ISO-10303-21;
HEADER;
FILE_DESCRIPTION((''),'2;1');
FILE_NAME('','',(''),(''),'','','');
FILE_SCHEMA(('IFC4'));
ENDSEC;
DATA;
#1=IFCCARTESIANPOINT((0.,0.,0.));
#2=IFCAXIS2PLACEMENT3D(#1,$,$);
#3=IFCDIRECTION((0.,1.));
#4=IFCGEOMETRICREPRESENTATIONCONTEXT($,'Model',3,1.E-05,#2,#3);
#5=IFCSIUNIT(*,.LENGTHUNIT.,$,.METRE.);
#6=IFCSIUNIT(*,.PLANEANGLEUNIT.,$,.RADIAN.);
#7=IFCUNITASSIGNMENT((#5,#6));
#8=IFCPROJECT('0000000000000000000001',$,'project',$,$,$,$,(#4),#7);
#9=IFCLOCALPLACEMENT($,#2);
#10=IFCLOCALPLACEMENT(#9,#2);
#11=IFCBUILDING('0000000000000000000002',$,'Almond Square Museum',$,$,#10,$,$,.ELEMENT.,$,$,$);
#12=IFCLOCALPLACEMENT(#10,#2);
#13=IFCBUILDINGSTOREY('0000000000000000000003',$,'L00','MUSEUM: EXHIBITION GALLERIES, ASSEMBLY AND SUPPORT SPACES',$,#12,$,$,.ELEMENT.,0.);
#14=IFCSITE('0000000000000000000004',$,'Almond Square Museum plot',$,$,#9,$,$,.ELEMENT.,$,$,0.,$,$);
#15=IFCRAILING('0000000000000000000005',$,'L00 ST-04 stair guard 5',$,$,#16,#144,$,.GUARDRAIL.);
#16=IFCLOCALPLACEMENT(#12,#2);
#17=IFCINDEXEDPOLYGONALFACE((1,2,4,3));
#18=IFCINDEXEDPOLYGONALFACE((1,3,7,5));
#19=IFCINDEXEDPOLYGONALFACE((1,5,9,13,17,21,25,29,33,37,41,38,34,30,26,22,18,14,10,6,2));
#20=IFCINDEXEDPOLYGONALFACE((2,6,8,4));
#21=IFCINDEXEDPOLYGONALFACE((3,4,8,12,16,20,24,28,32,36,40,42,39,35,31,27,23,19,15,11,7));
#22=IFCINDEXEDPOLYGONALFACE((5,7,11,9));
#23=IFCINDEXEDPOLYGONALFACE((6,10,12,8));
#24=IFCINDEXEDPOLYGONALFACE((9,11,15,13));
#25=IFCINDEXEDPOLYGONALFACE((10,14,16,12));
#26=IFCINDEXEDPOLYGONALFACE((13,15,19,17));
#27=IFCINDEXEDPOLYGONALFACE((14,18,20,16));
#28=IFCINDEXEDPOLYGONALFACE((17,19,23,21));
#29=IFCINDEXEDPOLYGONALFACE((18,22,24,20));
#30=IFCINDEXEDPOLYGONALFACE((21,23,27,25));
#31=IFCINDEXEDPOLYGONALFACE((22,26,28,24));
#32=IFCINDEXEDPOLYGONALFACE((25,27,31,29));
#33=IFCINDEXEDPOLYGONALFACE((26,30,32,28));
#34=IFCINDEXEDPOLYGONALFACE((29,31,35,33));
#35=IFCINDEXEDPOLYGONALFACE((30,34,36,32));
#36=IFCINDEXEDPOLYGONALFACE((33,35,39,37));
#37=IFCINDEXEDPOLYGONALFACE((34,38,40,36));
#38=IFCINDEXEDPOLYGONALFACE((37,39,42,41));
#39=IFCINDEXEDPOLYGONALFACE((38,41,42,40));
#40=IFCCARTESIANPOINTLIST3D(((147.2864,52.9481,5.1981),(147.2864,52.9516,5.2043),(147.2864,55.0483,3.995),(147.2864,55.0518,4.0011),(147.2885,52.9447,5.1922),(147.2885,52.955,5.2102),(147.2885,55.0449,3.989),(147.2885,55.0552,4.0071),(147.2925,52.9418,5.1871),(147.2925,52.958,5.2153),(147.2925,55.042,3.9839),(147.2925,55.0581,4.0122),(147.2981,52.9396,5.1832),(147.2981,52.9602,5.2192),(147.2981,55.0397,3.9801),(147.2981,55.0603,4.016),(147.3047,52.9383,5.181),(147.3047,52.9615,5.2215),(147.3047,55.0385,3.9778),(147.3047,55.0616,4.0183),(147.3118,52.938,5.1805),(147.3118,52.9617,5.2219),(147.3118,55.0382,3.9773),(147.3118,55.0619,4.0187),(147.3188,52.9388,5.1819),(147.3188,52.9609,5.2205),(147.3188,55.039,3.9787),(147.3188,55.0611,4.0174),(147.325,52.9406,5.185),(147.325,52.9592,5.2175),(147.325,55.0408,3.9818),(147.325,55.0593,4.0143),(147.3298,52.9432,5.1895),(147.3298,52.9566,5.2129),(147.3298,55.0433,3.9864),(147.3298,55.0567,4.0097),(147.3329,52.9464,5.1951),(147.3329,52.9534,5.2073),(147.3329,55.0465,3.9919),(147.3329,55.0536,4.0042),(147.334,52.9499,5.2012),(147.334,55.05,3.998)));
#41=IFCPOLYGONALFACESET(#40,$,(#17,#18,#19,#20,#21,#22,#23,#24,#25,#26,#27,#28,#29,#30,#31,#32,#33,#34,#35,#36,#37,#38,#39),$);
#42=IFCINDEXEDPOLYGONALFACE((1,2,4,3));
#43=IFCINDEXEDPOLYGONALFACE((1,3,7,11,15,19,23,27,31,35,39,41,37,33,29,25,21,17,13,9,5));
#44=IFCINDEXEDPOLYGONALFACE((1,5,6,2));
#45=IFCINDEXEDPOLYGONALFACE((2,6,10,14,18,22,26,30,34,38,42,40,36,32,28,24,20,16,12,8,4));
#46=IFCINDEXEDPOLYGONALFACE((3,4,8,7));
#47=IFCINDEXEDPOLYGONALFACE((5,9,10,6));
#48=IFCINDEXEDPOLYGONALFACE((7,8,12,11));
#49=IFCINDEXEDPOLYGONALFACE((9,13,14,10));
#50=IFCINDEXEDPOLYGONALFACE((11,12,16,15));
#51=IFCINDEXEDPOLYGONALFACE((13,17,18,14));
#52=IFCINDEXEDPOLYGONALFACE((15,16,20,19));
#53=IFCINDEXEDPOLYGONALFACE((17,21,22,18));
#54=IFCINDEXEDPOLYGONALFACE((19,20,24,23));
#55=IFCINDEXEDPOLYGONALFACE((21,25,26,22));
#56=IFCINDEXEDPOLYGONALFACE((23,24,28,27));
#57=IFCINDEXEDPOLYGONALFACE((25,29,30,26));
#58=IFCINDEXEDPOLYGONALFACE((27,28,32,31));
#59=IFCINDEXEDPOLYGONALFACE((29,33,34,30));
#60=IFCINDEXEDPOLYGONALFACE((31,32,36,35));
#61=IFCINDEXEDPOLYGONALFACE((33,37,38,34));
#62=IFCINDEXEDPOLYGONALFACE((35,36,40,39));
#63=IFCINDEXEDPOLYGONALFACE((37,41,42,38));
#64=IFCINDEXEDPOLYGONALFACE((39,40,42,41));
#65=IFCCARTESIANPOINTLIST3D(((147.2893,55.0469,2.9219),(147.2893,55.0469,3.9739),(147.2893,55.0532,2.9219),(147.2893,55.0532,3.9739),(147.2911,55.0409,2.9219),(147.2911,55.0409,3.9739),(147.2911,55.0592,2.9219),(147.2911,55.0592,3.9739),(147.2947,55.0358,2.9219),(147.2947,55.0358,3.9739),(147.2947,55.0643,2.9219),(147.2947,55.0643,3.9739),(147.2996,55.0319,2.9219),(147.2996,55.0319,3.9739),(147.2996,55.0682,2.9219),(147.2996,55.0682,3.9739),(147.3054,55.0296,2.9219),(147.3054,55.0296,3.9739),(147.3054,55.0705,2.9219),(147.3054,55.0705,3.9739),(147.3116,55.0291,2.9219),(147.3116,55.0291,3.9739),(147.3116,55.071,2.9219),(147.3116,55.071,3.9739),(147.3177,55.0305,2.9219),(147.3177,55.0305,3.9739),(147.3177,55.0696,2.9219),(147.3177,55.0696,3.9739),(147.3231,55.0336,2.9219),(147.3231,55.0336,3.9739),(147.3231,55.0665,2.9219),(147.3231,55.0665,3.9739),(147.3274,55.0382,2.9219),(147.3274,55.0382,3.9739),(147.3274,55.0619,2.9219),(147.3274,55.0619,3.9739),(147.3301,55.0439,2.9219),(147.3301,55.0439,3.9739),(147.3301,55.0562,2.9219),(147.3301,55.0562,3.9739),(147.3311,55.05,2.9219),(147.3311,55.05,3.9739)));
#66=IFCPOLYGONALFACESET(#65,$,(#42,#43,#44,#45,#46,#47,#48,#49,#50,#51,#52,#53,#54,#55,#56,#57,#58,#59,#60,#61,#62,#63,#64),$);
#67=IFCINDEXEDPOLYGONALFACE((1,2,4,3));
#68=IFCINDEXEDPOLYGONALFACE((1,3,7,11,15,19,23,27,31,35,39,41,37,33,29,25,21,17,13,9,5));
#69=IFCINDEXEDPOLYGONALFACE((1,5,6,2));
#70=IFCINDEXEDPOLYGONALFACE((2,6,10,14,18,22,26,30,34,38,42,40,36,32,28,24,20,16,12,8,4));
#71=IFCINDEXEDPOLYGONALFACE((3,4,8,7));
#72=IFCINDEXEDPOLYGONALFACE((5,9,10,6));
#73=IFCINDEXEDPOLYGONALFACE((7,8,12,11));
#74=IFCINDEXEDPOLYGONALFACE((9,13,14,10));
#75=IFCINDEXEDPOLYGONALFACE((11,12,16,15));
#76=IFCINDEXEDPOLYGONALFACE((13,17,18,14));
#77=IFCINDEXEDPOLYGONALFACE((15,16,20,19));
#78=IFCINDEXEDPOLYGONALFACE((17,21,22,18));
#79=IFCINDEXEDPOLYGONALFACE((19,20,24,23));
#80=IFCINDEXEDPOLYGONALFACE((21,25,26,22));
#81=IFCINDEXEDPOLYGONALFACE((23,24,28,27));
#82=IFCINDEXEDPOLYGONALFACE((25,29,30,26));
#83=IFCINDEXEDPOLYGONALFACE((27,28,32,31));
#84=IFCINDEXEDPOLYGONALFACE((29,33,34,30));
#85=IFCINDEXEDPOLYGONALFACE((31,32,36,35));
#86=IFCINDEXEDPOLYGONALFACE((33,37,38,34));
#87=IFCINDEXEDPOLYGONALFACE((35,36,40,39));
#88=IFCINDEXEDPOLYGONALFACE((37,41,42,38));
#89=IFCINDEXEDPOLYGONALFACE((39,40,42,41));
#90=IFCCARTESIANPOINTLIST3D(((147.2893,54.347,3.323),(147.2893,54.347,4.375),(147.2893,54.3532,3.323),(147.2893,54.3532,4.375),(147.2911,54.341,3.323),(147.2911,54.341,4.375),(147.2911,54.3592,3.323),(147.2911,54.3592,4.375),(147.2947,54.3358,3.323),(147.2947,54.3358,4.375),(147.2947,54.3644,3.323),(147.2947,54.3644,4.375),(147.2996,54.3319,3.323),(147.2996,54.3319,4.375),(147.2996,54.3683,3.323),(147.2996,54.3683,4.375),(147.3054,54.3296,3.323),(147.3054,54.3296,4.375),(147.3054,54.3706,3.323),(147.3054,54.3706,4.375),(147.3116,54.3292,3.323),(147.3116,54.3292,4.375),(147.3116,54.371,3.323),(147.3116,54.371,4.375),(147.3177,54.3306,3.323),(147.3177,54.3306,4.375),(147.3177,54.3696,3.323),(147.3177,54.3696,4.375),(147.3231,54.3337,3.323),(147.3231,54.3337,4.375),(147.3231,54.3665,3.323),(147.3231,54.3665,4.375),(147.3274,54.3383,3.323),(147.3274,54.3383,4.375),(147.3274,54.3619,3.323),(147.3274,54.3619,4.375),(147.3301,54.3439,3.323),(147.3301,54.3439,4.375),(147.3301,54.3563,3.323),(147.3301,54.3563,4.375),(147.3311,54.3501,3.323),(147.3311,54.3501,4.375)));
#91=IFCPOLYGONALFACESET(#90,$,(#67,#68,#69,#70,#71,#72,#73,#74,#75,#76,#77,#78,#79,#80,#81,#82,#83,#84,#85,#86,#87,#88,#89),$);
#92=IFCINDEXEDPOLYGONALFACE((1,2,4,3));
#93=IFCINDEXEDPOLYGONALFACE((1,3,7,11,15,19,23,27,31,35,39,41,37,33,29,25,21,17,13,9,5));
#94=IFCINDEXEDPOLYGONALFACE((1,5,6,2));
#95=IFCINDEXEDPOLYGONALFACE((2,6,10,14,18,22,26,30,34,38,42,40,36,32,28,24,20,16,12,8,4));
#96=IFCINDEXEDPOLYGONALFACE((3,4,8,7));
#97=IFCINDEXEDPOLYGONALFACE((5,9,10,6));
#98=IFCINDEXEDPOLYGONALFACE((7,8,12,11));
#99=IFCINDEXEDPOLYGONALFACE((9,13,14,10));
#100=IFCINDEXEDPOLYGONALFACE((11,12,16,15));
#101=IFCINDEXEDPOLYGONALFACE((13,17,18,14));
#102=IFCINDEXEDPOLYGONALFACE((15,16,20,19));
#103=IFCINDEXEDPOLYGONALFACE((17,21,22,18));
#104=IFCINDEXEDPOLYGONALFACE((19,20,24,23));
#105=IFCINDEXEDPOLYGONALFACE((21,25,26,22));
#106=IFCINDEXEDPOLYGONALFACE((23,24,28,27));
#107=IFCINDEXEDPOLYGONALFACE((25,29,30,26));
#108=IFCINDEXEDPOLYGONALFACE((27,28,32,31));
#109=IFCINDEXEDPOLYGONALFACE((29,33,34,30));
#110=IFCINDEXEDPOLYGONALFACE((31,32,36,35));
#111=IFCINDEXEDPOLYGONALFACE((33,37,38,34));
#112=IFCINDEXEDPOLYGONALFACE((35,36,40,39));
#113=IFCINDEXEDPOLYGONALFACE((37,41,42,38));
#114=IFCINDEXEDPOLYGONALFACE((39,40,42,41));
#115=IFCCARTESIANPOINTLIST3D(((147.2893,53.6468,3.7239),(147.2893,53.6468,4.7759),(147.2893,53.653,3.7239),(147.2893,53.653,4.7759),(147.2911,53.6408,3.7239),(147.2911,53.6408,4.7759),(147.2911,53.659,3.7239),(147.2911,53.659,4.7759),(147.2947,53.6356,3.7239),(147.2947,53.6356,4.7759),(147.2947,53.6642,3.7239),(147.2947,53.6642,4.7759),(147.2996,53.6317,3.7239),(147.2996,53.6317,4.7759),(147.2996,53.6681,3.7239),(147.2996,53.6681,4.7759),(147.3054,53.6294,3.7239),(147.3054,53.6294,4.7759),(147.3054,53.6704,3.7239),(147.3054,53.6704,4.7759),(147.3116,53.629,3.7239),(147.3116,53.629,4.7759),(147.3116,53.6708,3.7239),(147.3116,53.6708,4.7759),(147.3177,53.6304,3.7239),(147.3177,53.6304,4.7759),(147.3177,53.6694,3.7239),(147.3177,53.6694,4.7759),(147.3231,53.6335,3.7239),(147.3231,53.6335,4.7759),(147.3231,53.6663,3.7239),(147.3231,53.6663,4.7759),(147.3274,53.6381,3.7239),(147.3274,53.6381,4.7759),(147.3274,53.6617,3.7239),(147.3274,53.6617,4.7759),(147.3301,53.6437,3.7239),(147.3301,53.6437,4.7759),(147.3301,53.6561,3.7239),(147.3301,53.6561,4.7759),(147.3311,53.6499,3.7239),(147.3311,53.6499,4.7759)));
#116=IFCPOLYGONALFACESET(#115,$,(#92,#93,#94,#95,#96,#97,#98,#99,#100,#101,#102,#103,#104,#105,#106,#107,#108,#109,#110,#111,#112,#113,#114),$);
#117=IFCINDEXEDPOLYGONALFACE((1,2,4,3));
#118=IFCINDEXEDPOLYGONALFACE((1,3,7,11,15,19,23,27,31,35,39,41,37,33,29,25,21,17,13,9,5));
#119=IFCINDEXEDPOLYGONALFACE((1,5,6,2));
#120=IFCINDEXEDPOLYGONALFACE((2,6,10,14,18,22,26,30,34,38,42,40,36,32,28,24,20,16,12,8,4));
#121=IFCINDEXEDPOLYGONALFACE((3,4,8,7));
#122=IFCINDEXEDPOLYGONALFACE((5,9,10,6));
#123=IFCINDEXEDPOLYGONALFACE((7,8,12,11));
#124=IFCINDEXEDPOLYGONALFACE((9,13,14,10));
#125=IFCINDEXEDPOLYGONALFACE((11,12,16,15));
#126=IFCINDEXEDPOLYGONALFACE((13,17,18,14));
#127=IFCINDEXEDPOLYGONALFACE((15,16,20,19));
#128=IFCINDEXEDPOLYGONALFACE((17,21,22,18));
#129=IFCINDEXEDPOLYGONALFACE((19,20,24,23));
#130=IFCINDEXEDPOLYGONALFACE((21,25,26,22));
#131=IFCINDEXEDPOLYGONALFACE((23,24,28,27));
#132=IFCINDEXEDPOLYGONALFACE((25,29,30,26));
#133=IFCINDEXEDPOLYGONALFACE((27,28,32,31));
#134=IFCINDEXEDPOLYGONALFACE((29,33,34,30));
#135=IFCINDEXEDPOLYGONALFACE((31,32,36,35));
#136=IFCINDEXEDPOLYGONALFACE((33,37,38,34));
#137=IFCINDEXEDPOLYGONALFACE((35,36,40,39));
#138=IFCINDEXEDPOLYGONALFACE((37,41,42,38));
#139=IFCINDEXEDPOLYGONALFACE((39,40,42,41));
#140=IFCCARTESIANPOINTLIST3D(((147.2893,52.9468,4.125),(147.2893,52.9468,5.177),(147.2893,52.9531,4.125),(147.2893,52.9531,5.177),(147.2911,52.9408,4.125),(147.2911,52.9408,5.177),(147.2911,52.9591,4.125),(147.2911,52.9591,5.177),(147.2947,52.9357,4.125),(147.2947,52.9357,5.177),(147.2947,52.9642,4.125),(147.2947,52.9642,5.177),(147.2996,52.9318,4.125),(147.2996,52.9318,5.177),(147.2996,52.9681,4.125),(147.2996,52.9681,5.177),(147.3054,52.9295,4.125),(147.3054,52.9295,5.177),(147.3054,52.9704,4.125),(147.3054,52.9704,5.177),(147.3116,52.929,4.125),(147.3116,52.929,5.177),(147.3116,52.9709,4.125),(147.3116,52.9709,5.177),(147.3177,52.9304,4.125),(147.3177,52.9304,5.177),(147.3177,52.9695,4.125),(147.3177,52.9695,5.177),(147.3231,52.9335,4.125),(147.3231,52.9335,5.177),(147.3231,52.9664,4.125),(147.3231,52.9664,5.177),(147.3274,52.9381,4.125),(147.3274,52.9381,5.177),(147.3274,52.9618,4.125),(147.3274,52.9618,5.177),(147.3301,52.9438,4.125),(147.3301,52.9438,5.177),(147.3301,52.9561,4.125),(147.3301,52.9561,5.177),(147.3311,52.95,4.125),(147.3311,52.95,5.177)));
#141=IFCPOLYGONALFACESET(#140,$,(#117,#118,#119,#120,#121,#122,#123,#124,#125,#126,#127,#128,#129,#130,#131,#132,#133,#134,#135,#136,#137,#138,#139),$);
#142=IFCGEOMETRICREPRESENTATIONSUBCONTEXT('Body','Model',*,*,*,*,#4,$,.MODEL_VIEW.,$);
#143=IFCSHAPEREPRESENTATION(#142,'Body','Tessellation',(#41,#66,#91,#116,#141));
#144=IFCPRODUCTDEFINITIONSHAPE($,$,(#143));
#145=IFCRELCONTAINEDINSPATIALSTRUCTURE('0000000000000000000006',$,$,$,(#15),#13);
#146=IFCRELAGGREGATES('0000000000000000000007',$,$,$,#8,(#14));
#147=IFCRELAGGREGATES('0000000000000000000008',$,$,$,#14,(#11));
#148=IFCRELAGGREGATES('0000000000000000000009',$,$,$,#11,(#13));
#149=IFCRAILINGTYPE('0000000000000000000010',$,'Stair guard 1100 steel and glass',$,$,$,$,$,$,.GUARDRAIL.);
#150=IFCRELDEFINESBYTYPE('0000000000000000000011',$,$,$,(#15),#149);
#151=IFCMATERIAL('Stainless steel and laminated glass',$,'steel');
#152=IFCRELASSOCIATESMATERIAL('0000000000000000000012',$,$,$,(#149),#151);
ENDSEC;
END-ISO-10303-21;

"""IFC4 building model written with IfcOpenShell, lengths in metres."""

from ifc_helpers import new_model, si_unit, direction, frame, origin, origin_2d, place, context, subcontext, project, spatial, circle, extrude, material, type_object, element, save


model = new_model("IFC4")

# Units and contexts
model_context = context("Model", 3, precision=1e-05, world=origin(), true_north=direction((0.0, 1.0)))
body_context = subcontext(model_context, "Body", "Model", "MODEL_VIEW")
ifc_project = project(units=[si_unit("LENGTHUNIT", "METRE"), si_unit("PLANEANGLEUNIT", "RADIAN")], contexts=[model_context])

# Site, building, storey
site_placement = place(None, origin())
site = spatial("IfcSite", under=ifc_project, at=site_placement, Name="Almond Square Museum plot", CompositionType="ELEMENT", RefElevation=0.0)
building_placement = place(site_placement, origin())
building = spatial("IfcBuilding", under=site, at=building_placement, Name="Almond Square Museum", CompositionType="ELEMENT")
storey_placement = place(building_placement, origin())
storey = spatial("IfcBuildingStorey", under=building, at=storey_placement, Name="L00", Description="MUSEUM: EXHIBITION GALLERIES, ASSEMBLY AND SUPPORT SPACES", CompositionType="ELEMENT", Elevation=0.0)

# Railing
ifc_material_1 = material(Name="Stainless steel and laminated glass", Category="steel")
railing_type_1 = type_object("IfcRailingType", Name="Stair guard 1100 steel and glass", PredefinedType="GUARDRAIL", material=ifc_material_1)
railing_1_placement = place(storey_placement, frame((147.3101, 55.05, 2.9219)))
element("IfcRailing", 1, at=railing_1_placement, inside=storey, type_object=railing_type_1, Name="L00 ST-04 stair guard 5", PredefinedType="GUARDRAIL", context=body_context, shape_type="SweptSolid", body=[
    extrude(circle(Radius=0.0239, at=origin_2d()), frame((0.0, 0.0, 1.0762), z_axis=(0.0, -0.867696, 0.497095), x_axis=(1.0, 0.0, 0.0)), (0.0, 0.0, 1.0), 2.4204),
    extrude(circle(Radius=0.021, at=origin_2d()), origin(), (0.0, 0.0, 1.0), 1.052),
    extrude(circle(Radius=0.021, at=origin_2d()), frame((0.0, -0.7, 0.4011)), (0.0, 0.0, 1.0), 1.052),
    extrude(circle(Radius=0.021, at=origin_2d()), frame((0.0, -1.4001, 0.802)), (0.0, 0.0, 1.0), 1.052),
    extrude(circle(Radius=0.021, at=origin_2d()), frame((0.0, -2.1001, 1.2031)), (0.0, 0.0, 1.0), 1.052),
])

save(model, "model.ifc")
